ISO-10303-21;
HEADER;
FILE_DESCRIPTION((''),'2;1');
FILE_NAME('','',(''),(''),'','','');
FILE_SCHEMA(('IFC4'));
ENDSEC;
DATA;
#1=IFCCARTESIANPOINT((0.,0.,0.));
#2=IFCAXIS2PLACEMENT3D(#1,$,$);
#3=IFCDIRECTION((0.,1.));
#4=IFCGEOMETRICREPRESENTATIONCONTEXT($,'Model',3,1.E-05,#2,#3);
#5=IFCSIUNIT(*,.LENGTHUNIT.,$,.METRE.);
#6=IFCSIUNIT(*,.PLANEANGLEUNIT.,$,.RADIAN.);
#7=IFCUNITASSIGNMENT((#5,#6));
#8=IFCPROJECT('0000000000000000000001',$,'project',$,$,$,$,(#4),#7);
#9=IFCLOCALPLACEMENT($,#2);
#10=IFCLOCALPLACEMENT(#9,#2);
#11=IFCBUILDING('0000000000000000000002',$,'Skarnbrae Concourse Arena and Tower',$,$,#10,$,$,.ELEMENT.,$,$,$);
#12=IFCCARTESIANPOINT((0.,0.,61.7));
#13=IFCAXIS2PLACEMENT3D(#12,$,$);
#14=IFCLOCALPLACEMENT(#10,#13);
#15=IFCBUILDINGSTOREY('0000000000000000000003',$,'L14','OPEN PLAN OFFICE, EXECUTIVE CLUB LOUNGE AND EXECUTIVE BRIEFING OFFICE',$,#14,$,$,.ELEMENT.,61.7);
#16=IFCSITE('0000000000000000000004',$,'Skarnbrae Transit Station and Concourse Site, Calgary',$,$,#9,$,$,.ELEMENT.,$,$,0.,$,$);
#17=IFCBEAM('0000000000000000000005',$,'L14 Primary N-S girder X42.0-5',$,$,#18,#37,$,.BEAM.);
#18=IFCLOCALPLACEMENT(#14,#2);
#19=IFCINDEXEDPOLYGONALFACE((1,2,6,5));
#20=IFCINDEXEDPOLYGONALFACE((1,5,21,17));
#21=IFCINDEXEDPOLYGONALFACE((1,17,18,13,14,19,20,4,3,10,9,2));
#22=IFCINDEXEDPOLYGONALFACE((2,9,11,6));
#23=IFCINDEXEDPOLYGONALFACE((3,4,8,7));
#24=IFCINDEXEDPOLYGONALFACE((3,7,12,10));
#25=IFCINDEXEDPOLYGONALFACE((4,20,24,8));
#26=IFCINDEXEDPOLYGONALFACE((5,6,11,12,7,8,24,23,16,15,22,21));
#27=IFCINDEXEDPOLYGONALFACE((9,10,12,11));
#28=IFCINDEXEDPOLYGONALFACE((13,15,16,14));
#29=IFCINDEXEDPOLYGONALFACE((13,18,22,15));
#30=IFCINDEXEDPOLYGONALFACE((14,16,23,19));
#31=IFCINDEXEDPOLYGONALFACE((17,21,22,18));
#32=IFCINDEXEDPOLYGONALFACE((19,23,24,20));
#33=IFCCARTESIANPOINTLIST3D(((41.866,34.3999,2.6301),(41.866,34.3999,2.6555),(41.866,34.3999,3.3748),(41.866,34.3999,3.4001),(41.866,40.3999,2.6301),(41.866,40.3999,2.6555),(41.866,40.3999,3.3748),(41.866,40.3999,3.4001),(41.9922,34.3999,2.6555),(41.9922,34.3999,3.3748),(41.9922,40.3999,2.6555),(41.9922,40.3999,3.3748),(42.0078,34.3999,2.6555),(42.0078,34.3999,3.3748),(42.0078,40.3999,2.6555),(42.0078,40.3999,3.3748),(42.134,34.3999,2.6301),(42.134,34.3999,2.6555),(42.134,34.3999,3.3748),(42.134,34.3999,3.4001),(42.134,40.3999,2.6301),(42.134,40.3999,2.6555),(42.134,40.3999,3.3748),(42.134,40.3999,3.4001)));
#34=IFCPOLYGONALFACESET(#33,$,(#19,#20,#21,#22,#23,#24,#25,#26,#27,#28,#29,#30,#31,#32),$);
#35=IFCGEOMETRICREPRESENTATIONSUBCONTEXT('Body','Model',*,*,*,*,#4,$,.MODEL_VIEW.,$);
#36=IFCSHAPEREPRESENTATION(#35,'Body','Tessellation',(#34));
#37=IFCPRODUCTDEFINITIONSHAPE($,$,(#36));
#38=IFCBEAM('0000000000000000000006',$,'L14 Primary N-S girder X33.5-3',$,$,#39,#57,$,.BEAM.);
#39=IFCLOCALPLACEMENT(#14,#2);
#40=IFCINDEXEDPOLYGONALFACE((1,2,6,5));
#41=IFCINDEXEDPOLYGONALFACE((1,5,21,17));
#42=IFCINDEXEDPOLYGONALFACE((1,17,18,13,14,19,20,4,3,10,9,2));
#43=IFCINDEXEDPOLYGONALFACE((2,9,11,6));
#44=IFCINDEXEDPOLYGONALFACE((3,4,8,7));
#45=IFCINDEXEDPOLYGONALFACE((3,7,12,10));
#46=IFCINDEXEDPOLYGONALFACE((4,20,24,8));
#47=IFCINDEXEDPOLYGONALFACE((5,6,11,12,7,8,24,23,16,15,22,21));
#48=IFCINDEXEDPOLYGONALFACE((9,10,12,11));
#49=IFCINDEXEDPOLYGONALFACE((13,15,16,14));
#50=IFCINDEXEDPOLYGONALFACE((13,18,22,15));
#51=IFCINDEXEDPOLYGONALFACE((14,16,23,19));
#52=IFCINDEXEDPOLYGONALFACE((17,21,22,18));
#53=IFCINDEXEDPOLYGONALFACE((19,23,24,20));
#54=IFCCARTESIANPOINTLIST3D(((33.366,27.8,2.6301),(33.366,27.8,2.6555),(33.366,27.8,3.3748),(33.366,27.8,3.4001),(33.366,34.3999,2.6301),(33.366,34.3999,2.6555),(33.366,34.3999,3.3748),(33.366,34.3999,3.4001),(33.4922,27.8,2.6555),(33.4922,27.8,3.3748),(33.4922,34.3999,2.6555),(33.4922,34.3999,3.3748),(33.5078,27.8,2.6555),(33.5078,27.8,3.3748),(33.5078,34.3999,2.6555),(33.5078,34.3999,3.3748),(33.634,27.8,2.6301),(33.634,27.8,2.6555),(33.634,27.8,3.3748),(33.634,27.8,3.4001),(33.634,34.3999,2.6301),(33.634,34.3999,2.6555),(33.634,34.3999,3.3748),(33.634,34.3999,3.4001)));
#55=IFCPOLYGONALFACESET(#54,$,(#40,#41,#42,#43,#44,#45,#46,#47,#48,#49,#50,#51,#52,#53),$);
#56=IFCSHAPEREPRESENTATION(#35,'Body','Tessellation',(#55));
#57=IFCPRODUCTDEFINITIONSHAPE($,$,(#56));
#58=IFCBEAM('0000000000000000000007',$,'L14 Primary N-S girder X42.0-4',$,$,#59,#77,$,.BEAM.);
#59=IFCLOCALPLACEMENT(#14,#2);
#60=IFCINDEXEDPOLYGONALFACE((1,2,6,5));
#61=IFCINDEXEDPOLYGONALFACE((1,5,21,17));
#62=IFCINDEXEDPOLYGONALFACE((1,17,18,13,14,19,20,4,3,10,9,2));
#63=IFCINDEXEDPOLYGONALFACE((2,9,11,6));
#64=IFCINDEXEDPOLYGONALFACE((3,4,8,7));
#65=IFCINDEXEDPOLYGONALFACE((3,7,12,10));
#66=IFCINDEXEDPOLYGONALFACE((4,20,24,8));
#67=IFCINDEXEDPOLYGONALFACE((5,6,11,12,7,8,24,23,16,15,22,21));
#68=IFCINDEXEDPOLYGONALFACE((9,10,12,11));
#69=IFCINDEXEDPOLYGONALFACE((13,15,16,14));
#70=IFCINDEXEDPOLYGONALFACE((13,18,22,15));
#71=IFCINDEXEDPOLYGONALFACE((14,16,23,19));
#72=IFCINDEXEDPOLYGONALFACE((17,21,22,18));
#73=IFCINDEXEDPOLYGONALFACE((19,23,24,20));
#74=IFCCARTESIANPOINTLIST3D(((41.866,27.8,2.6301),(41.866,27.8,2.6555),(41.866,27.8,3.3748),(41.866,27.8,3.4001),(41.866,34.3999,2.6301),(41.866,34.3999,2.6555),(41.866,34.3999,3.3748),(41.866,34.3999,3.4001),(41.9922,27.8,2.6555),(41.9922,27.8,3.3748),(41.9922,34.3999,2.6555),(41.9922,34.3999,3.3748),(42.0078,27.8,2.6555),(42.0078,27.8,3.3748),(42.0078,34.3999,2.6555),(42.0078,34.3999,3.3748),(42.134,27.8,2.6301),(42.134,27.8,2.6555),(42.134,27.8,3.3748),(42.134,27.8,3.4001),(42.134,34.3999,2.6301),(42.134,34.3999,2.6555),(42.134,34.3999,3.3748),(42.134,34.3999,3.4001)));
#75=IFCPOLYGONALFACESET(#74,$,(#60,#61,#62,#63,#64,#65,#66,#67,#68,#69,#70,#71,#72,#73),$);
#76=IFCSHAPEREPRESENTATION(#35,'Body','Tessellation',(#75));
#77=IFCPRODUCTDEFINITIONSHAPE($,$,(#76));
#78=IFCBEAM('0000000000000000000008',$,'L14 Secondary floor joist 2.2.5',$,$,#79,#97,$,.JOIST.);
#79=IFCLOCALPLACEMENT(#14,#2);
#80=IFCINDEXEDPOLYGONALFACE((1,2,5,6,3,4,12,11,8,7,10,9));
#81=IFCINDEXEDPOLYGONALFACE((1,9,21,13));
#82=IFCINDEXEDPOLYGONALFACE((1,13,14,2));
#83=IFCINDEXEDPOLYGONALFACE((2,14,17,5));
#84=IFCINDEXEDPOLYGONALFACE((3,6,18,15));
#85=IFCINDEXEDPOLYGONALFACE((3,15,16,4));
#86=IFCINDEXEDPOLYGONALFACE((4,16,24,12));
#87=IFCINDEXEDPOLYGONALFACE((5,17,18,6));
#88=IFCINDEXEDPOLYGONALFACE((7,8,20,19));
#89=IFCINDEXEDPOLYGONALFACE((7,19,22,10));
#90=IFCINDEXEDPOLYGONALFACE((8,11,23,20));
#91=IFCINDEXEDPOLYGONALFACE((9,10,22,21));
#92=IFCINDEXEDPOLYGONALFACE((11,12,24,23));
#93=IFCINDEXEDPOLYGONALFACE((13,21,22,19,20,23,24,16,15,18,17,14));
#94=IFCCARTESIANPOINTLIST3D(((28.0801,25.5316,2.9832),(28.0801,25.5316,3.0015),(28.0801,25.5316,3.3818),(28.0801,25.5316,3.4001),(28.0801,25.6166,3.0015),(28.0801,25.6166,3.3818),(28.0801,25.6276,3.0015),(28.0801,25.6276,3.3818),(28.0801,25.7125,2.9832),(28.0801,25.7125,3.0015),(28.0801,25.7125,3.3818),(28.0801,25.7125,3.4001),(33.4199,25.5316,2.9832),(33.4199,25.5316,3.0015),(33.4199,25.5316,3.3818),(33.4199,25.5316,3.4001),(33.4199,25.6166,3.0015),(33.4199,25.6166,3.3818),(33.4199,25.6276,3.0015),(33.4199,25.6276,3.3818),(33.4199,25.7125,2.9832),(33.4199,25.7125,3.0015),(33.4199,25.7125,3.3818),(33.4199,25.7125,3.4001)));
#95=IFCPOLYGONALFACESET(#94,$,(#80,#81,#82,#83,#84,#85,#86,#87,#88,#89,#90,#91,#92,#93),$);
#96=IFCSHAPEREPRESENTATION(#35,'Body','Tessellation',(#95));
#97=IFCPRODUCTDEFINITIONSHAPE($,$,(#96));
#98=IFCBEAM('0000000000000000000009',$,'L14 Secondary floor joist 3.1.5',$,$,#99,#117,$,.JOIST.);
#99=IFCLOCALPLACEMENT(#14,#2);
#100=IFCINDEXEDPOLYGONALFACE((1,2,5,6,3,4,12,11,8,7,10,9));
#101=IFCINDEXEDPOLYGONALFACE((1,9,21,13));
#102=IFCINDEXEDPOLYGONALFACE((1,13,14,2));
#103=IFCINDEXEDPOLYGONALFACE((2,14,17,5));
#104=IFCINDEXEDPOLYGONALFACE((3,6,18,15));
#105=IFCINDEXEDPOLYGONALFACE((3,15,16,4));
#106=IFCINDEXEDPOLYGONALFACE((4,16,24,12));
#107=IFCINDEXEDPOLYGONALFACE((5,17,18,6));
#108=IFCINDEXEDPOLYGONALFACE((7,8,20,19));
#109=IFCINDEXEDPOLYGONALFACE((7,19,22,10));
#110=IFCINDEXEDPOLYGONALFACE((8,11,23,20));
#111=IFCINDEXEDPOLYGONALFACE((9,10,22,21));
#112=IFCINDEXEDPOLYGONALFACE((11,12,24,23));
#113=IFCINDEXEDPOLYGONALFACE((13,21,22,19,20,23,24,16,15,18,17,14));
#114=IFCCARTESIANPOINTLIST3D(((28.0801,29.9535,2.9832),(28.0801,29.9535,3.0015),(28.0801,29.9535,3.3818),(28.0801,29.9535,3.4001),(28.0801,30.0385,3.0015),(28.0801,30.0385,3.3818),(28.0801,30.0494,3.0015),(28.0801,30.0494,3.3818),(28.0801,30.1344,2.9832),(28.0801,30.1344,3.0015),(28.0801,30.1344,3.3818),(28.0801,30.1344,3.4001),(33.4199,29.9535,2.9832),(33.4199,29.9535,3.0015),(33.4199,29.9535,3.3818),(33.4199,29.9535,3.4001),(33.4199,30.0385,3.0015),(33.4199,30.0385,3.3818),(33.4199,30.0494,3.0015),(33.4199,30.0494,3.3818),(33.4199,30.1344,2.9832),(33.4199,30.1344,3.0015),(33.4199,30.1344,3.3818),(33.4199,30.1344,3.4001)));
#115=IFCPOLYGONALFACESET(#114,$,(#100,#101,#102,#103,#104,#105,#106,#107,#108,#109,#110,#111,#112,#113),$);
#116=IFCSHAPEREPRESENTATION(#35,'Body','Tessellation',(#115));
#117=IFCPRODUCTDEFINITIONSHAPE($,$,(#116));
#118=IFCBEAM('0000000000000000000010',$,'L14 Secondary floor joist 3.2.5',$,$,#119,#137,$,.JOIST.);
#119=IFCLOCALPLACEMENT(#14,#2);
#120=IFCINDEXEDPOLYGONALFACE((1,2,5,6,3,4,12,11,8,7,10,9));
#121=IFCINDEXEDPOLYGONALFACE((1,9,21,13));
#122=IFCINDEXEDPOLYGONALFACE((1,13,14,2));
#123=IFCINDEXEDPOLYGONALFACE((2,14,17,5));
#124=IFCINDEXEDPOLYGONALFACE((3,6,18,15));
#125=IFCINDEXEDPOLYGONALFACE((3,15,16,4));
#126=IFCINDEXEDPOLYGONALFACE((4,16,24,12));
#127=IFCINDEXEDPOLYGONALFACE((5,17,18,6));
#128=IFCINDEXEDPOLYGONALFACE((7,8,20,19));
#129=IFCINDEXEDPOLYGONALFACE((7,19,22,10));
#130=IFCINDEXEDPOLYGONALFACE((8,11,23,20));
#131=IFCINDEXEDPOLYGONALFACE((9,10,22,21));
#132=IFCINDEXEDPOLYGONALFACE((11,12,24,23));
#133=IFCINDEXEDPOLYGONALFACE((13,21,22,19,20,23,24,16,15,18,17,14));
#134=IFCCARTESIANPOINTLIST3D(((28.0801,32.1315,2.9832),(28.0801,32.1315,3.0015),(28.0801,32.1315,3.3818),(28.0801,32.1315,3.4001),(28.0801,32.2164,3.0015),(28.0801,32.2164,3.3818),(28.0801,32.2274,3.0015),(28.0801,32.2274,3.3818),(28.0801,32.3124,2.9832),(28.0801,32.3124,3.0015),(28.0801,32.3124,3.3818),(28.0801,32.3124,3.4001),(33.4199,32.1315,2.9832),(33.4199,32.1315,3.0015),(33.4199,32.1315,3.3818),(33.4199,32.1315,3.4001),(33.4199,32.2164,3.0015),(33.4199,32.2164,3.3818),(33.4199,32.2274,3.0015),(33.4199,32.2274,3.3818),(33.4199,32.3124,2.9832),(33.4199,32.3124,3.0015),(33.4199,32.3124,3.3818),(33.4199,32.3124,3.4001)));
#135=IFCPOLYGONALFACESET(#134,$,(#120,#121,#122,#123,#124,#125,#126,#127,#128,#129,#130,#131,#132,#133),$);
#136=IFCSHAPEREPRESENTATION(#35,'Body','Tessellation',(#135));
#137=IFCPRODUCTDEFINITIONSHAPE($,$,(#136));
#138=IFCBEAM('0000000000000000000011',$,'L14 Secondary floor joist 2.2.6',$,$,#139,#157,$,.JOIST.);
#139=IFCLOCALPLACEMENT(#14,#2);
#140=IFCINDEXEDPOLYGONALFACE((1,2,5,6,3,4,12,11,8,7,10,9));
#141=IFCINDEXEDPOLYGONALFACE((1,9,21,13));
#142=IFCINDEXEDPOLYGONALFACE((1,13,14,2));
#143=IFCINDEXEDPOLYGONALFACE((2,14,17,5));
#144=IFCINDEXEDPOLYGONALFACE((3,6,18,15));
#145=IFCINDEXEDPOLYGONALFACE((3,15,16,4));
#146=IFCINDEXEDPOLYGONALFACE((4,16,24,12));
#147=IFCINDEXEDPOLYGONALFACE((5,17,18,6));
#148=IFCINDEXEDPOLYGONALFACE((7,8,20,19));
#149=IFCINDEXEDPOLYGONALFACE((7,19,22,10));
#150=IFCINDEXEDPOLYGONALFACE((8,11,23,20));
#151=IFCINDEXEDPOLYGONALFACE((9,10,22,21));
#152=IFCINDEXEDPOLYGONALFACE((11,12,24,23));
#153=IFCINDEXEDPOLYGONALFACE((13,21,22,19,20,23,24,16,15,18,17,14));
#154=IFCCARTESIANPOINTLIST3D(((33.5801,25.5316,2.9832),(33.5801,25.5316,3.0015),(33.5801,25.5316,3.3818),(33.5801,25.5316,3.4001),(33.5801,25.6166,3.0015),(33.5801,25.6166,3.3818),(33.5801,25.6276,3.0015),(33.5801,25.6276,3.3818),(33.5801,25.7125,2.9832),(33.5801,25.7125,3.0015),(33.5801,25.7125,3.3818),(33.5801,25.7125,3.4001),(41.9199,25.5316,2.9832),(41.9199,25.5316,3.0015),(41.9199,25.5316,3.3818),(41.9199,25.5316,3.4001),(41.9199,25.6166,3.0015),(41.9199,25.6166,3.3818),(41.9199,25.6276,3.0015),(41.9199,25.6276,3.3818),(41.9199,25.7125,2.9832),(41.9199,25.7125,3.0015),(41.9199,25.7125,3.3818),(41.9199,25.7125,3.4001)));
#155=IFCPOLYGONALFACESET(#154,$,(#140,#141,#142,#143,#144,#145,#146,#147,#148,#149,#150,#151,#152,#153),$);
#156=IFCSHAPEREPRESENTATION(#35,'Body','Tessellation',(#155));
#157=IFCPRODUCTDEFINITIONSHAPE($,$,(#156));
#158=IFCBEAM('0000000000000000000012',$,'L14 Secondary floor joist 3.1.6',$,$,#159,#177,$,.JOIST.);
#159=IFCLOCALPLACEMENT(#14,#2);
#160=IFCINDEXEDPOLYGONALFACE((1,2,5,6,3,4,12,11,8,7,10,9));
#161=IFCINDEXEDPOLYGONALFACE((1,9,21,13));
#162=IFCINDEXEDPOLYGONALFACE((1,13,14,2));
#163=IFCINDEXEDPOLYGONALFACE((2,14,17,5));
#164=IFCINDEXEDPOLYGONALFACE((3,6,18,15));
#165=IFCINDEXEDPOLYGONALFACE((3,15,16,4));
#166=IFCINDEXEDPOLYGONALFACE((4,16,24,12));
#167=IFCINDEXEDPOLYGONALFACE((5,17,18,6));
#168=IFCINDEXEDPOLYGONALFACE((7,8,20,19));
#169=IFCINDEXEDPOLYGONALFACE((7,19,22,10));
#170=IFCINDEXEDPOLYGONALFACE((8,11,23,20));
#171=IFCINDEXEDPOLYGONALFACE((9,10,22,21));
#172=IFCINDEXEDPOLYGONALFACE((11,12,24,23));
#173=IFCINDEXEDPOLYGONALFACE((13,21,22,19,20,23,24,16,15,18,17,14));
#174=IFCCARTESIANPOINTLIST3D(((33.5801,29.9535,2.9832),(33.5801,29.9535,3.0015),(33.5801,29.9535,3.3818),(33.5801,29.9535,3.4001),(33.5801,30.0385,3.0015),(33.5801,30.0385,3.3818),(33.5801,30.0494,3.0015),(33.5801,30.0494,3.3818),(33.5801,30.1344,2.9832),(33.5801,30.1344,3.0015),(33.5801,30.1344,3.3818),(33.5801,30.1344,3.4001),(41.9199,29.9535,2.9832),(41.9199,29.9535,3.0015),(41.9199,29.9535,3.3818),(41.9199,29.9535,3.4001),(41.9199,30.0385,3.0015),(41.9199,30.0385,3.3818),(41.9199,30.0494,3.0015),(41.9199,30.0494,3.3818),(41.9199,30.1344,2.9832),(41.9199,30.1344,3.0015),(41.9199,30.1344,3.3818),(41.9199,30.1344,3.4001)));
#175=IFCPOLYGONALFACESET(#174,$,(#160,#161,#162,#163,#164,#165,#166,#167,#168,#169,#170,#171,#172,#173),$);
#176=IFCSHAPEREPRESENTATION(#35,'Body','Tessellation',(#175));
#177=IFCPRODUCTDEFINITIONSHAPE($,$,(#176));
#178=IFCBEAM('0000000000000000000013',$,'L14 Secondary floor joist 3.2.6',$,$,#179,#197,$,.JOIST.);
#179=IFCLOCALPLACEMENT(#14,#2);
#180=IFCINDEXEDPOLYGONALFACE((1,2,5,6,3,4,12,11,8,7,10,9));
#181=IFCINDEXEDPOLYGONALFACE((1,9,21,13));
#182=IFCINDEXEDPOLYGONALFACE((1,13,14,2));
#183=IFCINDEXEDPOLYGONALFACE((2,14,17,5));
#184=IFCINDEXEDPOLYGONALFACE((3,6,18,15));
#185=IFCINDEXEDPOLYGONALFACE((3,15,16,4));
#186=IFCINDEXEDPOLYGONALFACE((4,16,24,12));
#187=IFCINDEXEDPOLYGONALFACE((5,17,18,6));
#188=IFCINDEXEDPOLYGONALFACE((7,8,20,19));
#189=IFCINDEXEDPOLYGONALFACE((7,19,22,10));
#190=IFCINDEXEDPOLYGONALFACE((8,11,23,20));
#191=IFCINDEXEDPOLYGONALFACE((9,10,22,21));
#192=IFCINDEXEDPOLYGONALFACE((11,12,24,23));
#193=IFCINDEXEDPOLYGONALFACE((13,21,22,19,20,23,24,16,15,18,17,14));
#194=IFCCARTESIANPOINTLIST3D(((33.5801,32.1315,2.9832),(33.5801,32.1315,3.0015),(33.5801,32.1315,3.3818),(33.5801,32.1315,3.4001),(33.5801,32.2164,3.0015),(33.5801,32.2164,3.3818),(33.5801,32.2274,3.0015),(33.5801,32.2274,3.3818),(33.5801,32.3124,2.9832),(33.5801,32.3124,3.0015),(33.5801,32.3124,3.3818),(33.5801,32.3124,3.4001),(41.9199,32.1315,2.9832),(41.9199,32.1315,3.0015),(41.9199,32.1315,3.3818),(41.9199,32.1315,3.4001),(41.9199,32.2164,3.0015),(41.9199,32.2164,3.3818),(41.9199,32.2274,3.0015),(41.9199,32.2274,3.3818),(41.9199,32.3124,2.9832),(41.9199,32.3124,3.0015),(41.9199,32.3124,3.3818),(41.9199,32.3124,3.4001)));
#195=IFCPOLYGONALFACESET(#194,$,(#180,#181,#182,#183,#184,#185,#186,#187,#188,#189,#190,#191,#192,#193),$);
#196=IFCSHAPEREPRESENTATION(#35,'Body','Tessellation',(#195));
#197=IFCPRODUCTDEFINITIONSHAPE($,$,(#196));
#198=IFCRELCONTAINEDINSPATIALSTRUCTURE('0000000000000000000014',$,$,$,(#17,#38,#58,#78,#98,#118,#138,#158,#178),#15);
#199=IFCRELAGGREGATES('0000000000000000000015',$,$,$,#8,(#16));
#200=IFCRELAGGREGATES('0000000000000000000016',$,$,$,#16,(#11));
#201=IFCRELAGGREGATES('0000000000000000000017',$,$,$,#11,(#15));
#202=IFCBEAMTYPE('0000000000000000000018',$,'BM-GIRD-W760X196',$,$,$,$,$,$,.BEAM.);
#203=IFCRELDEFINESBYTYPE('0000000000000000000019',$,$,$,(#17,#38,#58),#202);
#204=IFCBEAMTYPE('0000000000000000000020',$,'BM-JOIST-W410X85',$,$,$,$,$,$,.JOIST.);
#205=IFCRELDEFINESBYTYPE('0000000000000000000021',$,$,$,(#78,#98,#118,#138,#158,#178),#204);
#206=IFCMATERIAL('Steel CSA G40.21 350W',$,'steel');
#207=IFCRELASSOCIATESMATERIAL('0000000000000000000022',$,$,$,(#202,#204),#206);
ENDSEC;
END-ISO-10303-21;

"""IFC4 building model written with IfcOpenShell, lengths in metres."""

from ifc_helpers import new_model, si_unit, direction, frame, origin, origin_2d, place, context, subcontext, project, spatial, i_section, extrude, source, transform, mapped, material, material_profile, profile_set, type_object, element, save


model = new_model("IFC4")

# Units and contexts
model_context = context("Model", 3, precision=1e-05, world=origin(), true_north=direction((0.0, 1.0)))
body_context = subcontext(model_context, "Body", "Model", "MODEL_VIEW")
ifc_project = project(units=[si_unit("LENGTHUNIT", "METRE"), si_unit("PLANEANGLEUNIT", "RADIAN")], contexts=[model_context])

# Site, building, storey
site_placement = place(None, origin())
site = spatial("IfcSite", under=ifc_project, at=site_placement, Name="Skarnbrae Transit Station and Concourse Site, Calgary", CompositionType="ELEMENT", RefElevation=0.0)
building_placement = place(site_placement, origin())
building = spatial("IfcBuilding", under=site, at=building_placement, Name="Skarnbrae Concourse Arena and Tower", CompositionType="ELEMENT")
storey_placement = place(building_placement, frame((0.0, 0.0, 61.7)))
storey = spatial("IfcBuildingStorey", under=building, at=storey_placement, Name="L14", Description="OPEN PLAN OFFICE, EXECUTIVE CLUB LOUNGE AND EXECUTIVE BRIEFING OFFICE", CompositionType="ELEMENT", Elevation=61.7)

# Shared definitions
ifc_material_1 = material(Name="Steel CSA G40.21 350W", Category="steel")

# Beams
ifc_material_profile_1 = material_profile(ifc_material_1, i_section(OverallWidth=0.2681, OverallDepth=0.77, WebThickness=0.0156, FlangeThickness=0.0254, at=origin_2d()), Name="W760X196")
ifc_profile_set_1 = profile_set([ifc_material_profile_1], Name="Steel CSA G40.21 350W")
beam_type_1 = type_object("IfcBeamType", Name="BM-GIRD-W760X196", PredefinedType="BEAM", material=ifc_profile_set_1)
shared_shape_1 = source(origin(), body_context, "Body", "SweptSolid", [
    extrude(i_section(OverallWidth=0.2681, OverallDepth=0.77, WebThickness=0.0156, FlangeThickness=0.0254, at=origin_2d()), origin(), (0.0, 0.0, 1.0), 6.0),
])
for number, where, z_axis, x_axis, name in (
    (1, (42.0, 34.3999, 3.0151), (0.0, 1.0, 0.0), (-1.0, 0.0, 0.0), "L14 Primary N-S girder X42.0-5"),
):
    element("IfcBeam", number, at=place(storey_placement, frame(where, z_axis=z_axis, x_axis=x_axis)), inside=storey, type_object=beam_type_1, Name=name, PredefinedType="BEAM", context=body_context, shape_type="MappedRepresentation", body=[
        mapped(shared_shape_1, transform((0.0, 0.0, 0.0))),
    ])
shared_shape_2 = source(origin(), body_context, "Body", "SweptSolid", [
    extrude(i_section(OverallWidth=0.2681, OverallDepth=0.77, WebThickness=0.0156, FlangeThickness=0.0254, at=origin_2d()), origin(), (0.0, 0.0, 1.0), 6.5999),
])
for number, where, z_axis, x_axis, name in (
    (2, (33.5, 27.8, 3.0151), (0.0, 1.0, 0.0), (-1.0, 0.0, 0.0), "L14 Primary N-S girder X33.5-3"),
    (3, (42.0, 27.8, 3.0151), (0.0, 1.0, 0.0), (-1.0, 0.0, 0.0), "L14 Primary N-S girder X42.0-4"),
):
    element("IfcBeam", number, at=place(storey_placement, frame(where, z_axis=z_axis, x_axis=x_axis)), inside=storey, type_object=beam_type_1, Name=name, PredefinedType="BEAM", context=body_context, shape_type="MappedRepresentation", body=[
        mapped(shared_shape_2, transform((0.0, 0.0, 0.0))),
    ])
ifc_material_profile_2 = material_profile(ifc_material_1, i_section(OverallWidth=0.1809, OverallDepth=0.417, WebThickness=0.011, FlangeThickness=0.0183, at=origin_2d()), Name="W410X85")
ifc_profile_set_2 = profile_set([ifc_material_profile_2], Name="Steel CSA G40.21 350W")
beam_type_2 = type_object("IfcBeamType", Name="BM-JOIST-W410X85", PredefinedType="JOIST", material=ifc_profile_set_2)
shared_shape_3 = source(origin(), body_context, "Body", "SweptSolid", [
    extrude(i_section(OverallWidth=0.1809, OverallDepth=0.417, WebThickness=0.011, FlangeThickness=0.0183, at=origin_2d()), origin(), (0.0, 0.0, 1.0), 5.3398),
])
for number, where, z_axis, x_axis, name in (
    (4, (28.0801, 25.6221, 3.1917), (1.0, 0.0, 0.0), (0.0, 1.0, 0.0), "L14 Secondary floor joist 2.2.5"),
    (5, (28.0801, 30.0439, 3.1917), (1.0, 0.0, 0.0), (0.0, 1.0, 0.0), "L14 Secondary floor joist 3.1.5"),
    (6, (28.0801, 32.2219, 3.1917), (1.0, 0.0, 0.0), (0.0, 1.0, 0.0), "L14 Secondary floor joist 3.2.5"),
):
    element("IfcBeam", number, at=place(storey_placement, frame(where, z_axis=z_axis, x_axis=x_axis)), inside=storey, type_object=beam_type_2, Name=name, PredefinedType="JOIST", context=body_context, shape_type="MappedRepresentation", body=[
        mapped(shared_shape_3, transform((0.0, 0.0, 0.0))),
    ])
shared_shape_4 = source(origin(), body_context, "Body", "SweptSolid", [
    extrude(i_section(OverallWidth=0.1809, OverallDepth=0.417, WebThickness=0.011, FlangeThickness=0.0183, at=origin_2d()), origin(), (0.0, 0.0, 1.0), 8.3398),
])
for number, where, z_axis, x_axis, name in (
    (7, (33.5801, 25.6221, 3.1917), (1.0, 0.0, 0.0), (0.0, 1.0, 0.0), "L14 Secondary floor joist 2.2.6"),
    (8, (33.5801, 30.0439, 3.1917), (1.0, 0.0, 0.0), (0.0, 1.0, 0.0), "L14 Secondary floor joist 3.1.6"),
    (9, (33.5801, 32.2219, 3.1917), (1.0, 0.0, 0.0), (0.0, 1.0, 0.0), "L14 Secondary floor joist 3.2.6"),
):
    element("IfcBeam", number, at=place(storey_placement, frame(where, z_axis=z_axis, x_axis=x_axis)), inside=storey, type_object=beam_type_2, Name=name, PredefinedType="JOIST", context=body_context, shape_type="MappedRepresentation", body=[
        mapped(shared_shape_4, transform((0.0, 0.0, 0.0))),
    ])

save(model, "model.ifc")
